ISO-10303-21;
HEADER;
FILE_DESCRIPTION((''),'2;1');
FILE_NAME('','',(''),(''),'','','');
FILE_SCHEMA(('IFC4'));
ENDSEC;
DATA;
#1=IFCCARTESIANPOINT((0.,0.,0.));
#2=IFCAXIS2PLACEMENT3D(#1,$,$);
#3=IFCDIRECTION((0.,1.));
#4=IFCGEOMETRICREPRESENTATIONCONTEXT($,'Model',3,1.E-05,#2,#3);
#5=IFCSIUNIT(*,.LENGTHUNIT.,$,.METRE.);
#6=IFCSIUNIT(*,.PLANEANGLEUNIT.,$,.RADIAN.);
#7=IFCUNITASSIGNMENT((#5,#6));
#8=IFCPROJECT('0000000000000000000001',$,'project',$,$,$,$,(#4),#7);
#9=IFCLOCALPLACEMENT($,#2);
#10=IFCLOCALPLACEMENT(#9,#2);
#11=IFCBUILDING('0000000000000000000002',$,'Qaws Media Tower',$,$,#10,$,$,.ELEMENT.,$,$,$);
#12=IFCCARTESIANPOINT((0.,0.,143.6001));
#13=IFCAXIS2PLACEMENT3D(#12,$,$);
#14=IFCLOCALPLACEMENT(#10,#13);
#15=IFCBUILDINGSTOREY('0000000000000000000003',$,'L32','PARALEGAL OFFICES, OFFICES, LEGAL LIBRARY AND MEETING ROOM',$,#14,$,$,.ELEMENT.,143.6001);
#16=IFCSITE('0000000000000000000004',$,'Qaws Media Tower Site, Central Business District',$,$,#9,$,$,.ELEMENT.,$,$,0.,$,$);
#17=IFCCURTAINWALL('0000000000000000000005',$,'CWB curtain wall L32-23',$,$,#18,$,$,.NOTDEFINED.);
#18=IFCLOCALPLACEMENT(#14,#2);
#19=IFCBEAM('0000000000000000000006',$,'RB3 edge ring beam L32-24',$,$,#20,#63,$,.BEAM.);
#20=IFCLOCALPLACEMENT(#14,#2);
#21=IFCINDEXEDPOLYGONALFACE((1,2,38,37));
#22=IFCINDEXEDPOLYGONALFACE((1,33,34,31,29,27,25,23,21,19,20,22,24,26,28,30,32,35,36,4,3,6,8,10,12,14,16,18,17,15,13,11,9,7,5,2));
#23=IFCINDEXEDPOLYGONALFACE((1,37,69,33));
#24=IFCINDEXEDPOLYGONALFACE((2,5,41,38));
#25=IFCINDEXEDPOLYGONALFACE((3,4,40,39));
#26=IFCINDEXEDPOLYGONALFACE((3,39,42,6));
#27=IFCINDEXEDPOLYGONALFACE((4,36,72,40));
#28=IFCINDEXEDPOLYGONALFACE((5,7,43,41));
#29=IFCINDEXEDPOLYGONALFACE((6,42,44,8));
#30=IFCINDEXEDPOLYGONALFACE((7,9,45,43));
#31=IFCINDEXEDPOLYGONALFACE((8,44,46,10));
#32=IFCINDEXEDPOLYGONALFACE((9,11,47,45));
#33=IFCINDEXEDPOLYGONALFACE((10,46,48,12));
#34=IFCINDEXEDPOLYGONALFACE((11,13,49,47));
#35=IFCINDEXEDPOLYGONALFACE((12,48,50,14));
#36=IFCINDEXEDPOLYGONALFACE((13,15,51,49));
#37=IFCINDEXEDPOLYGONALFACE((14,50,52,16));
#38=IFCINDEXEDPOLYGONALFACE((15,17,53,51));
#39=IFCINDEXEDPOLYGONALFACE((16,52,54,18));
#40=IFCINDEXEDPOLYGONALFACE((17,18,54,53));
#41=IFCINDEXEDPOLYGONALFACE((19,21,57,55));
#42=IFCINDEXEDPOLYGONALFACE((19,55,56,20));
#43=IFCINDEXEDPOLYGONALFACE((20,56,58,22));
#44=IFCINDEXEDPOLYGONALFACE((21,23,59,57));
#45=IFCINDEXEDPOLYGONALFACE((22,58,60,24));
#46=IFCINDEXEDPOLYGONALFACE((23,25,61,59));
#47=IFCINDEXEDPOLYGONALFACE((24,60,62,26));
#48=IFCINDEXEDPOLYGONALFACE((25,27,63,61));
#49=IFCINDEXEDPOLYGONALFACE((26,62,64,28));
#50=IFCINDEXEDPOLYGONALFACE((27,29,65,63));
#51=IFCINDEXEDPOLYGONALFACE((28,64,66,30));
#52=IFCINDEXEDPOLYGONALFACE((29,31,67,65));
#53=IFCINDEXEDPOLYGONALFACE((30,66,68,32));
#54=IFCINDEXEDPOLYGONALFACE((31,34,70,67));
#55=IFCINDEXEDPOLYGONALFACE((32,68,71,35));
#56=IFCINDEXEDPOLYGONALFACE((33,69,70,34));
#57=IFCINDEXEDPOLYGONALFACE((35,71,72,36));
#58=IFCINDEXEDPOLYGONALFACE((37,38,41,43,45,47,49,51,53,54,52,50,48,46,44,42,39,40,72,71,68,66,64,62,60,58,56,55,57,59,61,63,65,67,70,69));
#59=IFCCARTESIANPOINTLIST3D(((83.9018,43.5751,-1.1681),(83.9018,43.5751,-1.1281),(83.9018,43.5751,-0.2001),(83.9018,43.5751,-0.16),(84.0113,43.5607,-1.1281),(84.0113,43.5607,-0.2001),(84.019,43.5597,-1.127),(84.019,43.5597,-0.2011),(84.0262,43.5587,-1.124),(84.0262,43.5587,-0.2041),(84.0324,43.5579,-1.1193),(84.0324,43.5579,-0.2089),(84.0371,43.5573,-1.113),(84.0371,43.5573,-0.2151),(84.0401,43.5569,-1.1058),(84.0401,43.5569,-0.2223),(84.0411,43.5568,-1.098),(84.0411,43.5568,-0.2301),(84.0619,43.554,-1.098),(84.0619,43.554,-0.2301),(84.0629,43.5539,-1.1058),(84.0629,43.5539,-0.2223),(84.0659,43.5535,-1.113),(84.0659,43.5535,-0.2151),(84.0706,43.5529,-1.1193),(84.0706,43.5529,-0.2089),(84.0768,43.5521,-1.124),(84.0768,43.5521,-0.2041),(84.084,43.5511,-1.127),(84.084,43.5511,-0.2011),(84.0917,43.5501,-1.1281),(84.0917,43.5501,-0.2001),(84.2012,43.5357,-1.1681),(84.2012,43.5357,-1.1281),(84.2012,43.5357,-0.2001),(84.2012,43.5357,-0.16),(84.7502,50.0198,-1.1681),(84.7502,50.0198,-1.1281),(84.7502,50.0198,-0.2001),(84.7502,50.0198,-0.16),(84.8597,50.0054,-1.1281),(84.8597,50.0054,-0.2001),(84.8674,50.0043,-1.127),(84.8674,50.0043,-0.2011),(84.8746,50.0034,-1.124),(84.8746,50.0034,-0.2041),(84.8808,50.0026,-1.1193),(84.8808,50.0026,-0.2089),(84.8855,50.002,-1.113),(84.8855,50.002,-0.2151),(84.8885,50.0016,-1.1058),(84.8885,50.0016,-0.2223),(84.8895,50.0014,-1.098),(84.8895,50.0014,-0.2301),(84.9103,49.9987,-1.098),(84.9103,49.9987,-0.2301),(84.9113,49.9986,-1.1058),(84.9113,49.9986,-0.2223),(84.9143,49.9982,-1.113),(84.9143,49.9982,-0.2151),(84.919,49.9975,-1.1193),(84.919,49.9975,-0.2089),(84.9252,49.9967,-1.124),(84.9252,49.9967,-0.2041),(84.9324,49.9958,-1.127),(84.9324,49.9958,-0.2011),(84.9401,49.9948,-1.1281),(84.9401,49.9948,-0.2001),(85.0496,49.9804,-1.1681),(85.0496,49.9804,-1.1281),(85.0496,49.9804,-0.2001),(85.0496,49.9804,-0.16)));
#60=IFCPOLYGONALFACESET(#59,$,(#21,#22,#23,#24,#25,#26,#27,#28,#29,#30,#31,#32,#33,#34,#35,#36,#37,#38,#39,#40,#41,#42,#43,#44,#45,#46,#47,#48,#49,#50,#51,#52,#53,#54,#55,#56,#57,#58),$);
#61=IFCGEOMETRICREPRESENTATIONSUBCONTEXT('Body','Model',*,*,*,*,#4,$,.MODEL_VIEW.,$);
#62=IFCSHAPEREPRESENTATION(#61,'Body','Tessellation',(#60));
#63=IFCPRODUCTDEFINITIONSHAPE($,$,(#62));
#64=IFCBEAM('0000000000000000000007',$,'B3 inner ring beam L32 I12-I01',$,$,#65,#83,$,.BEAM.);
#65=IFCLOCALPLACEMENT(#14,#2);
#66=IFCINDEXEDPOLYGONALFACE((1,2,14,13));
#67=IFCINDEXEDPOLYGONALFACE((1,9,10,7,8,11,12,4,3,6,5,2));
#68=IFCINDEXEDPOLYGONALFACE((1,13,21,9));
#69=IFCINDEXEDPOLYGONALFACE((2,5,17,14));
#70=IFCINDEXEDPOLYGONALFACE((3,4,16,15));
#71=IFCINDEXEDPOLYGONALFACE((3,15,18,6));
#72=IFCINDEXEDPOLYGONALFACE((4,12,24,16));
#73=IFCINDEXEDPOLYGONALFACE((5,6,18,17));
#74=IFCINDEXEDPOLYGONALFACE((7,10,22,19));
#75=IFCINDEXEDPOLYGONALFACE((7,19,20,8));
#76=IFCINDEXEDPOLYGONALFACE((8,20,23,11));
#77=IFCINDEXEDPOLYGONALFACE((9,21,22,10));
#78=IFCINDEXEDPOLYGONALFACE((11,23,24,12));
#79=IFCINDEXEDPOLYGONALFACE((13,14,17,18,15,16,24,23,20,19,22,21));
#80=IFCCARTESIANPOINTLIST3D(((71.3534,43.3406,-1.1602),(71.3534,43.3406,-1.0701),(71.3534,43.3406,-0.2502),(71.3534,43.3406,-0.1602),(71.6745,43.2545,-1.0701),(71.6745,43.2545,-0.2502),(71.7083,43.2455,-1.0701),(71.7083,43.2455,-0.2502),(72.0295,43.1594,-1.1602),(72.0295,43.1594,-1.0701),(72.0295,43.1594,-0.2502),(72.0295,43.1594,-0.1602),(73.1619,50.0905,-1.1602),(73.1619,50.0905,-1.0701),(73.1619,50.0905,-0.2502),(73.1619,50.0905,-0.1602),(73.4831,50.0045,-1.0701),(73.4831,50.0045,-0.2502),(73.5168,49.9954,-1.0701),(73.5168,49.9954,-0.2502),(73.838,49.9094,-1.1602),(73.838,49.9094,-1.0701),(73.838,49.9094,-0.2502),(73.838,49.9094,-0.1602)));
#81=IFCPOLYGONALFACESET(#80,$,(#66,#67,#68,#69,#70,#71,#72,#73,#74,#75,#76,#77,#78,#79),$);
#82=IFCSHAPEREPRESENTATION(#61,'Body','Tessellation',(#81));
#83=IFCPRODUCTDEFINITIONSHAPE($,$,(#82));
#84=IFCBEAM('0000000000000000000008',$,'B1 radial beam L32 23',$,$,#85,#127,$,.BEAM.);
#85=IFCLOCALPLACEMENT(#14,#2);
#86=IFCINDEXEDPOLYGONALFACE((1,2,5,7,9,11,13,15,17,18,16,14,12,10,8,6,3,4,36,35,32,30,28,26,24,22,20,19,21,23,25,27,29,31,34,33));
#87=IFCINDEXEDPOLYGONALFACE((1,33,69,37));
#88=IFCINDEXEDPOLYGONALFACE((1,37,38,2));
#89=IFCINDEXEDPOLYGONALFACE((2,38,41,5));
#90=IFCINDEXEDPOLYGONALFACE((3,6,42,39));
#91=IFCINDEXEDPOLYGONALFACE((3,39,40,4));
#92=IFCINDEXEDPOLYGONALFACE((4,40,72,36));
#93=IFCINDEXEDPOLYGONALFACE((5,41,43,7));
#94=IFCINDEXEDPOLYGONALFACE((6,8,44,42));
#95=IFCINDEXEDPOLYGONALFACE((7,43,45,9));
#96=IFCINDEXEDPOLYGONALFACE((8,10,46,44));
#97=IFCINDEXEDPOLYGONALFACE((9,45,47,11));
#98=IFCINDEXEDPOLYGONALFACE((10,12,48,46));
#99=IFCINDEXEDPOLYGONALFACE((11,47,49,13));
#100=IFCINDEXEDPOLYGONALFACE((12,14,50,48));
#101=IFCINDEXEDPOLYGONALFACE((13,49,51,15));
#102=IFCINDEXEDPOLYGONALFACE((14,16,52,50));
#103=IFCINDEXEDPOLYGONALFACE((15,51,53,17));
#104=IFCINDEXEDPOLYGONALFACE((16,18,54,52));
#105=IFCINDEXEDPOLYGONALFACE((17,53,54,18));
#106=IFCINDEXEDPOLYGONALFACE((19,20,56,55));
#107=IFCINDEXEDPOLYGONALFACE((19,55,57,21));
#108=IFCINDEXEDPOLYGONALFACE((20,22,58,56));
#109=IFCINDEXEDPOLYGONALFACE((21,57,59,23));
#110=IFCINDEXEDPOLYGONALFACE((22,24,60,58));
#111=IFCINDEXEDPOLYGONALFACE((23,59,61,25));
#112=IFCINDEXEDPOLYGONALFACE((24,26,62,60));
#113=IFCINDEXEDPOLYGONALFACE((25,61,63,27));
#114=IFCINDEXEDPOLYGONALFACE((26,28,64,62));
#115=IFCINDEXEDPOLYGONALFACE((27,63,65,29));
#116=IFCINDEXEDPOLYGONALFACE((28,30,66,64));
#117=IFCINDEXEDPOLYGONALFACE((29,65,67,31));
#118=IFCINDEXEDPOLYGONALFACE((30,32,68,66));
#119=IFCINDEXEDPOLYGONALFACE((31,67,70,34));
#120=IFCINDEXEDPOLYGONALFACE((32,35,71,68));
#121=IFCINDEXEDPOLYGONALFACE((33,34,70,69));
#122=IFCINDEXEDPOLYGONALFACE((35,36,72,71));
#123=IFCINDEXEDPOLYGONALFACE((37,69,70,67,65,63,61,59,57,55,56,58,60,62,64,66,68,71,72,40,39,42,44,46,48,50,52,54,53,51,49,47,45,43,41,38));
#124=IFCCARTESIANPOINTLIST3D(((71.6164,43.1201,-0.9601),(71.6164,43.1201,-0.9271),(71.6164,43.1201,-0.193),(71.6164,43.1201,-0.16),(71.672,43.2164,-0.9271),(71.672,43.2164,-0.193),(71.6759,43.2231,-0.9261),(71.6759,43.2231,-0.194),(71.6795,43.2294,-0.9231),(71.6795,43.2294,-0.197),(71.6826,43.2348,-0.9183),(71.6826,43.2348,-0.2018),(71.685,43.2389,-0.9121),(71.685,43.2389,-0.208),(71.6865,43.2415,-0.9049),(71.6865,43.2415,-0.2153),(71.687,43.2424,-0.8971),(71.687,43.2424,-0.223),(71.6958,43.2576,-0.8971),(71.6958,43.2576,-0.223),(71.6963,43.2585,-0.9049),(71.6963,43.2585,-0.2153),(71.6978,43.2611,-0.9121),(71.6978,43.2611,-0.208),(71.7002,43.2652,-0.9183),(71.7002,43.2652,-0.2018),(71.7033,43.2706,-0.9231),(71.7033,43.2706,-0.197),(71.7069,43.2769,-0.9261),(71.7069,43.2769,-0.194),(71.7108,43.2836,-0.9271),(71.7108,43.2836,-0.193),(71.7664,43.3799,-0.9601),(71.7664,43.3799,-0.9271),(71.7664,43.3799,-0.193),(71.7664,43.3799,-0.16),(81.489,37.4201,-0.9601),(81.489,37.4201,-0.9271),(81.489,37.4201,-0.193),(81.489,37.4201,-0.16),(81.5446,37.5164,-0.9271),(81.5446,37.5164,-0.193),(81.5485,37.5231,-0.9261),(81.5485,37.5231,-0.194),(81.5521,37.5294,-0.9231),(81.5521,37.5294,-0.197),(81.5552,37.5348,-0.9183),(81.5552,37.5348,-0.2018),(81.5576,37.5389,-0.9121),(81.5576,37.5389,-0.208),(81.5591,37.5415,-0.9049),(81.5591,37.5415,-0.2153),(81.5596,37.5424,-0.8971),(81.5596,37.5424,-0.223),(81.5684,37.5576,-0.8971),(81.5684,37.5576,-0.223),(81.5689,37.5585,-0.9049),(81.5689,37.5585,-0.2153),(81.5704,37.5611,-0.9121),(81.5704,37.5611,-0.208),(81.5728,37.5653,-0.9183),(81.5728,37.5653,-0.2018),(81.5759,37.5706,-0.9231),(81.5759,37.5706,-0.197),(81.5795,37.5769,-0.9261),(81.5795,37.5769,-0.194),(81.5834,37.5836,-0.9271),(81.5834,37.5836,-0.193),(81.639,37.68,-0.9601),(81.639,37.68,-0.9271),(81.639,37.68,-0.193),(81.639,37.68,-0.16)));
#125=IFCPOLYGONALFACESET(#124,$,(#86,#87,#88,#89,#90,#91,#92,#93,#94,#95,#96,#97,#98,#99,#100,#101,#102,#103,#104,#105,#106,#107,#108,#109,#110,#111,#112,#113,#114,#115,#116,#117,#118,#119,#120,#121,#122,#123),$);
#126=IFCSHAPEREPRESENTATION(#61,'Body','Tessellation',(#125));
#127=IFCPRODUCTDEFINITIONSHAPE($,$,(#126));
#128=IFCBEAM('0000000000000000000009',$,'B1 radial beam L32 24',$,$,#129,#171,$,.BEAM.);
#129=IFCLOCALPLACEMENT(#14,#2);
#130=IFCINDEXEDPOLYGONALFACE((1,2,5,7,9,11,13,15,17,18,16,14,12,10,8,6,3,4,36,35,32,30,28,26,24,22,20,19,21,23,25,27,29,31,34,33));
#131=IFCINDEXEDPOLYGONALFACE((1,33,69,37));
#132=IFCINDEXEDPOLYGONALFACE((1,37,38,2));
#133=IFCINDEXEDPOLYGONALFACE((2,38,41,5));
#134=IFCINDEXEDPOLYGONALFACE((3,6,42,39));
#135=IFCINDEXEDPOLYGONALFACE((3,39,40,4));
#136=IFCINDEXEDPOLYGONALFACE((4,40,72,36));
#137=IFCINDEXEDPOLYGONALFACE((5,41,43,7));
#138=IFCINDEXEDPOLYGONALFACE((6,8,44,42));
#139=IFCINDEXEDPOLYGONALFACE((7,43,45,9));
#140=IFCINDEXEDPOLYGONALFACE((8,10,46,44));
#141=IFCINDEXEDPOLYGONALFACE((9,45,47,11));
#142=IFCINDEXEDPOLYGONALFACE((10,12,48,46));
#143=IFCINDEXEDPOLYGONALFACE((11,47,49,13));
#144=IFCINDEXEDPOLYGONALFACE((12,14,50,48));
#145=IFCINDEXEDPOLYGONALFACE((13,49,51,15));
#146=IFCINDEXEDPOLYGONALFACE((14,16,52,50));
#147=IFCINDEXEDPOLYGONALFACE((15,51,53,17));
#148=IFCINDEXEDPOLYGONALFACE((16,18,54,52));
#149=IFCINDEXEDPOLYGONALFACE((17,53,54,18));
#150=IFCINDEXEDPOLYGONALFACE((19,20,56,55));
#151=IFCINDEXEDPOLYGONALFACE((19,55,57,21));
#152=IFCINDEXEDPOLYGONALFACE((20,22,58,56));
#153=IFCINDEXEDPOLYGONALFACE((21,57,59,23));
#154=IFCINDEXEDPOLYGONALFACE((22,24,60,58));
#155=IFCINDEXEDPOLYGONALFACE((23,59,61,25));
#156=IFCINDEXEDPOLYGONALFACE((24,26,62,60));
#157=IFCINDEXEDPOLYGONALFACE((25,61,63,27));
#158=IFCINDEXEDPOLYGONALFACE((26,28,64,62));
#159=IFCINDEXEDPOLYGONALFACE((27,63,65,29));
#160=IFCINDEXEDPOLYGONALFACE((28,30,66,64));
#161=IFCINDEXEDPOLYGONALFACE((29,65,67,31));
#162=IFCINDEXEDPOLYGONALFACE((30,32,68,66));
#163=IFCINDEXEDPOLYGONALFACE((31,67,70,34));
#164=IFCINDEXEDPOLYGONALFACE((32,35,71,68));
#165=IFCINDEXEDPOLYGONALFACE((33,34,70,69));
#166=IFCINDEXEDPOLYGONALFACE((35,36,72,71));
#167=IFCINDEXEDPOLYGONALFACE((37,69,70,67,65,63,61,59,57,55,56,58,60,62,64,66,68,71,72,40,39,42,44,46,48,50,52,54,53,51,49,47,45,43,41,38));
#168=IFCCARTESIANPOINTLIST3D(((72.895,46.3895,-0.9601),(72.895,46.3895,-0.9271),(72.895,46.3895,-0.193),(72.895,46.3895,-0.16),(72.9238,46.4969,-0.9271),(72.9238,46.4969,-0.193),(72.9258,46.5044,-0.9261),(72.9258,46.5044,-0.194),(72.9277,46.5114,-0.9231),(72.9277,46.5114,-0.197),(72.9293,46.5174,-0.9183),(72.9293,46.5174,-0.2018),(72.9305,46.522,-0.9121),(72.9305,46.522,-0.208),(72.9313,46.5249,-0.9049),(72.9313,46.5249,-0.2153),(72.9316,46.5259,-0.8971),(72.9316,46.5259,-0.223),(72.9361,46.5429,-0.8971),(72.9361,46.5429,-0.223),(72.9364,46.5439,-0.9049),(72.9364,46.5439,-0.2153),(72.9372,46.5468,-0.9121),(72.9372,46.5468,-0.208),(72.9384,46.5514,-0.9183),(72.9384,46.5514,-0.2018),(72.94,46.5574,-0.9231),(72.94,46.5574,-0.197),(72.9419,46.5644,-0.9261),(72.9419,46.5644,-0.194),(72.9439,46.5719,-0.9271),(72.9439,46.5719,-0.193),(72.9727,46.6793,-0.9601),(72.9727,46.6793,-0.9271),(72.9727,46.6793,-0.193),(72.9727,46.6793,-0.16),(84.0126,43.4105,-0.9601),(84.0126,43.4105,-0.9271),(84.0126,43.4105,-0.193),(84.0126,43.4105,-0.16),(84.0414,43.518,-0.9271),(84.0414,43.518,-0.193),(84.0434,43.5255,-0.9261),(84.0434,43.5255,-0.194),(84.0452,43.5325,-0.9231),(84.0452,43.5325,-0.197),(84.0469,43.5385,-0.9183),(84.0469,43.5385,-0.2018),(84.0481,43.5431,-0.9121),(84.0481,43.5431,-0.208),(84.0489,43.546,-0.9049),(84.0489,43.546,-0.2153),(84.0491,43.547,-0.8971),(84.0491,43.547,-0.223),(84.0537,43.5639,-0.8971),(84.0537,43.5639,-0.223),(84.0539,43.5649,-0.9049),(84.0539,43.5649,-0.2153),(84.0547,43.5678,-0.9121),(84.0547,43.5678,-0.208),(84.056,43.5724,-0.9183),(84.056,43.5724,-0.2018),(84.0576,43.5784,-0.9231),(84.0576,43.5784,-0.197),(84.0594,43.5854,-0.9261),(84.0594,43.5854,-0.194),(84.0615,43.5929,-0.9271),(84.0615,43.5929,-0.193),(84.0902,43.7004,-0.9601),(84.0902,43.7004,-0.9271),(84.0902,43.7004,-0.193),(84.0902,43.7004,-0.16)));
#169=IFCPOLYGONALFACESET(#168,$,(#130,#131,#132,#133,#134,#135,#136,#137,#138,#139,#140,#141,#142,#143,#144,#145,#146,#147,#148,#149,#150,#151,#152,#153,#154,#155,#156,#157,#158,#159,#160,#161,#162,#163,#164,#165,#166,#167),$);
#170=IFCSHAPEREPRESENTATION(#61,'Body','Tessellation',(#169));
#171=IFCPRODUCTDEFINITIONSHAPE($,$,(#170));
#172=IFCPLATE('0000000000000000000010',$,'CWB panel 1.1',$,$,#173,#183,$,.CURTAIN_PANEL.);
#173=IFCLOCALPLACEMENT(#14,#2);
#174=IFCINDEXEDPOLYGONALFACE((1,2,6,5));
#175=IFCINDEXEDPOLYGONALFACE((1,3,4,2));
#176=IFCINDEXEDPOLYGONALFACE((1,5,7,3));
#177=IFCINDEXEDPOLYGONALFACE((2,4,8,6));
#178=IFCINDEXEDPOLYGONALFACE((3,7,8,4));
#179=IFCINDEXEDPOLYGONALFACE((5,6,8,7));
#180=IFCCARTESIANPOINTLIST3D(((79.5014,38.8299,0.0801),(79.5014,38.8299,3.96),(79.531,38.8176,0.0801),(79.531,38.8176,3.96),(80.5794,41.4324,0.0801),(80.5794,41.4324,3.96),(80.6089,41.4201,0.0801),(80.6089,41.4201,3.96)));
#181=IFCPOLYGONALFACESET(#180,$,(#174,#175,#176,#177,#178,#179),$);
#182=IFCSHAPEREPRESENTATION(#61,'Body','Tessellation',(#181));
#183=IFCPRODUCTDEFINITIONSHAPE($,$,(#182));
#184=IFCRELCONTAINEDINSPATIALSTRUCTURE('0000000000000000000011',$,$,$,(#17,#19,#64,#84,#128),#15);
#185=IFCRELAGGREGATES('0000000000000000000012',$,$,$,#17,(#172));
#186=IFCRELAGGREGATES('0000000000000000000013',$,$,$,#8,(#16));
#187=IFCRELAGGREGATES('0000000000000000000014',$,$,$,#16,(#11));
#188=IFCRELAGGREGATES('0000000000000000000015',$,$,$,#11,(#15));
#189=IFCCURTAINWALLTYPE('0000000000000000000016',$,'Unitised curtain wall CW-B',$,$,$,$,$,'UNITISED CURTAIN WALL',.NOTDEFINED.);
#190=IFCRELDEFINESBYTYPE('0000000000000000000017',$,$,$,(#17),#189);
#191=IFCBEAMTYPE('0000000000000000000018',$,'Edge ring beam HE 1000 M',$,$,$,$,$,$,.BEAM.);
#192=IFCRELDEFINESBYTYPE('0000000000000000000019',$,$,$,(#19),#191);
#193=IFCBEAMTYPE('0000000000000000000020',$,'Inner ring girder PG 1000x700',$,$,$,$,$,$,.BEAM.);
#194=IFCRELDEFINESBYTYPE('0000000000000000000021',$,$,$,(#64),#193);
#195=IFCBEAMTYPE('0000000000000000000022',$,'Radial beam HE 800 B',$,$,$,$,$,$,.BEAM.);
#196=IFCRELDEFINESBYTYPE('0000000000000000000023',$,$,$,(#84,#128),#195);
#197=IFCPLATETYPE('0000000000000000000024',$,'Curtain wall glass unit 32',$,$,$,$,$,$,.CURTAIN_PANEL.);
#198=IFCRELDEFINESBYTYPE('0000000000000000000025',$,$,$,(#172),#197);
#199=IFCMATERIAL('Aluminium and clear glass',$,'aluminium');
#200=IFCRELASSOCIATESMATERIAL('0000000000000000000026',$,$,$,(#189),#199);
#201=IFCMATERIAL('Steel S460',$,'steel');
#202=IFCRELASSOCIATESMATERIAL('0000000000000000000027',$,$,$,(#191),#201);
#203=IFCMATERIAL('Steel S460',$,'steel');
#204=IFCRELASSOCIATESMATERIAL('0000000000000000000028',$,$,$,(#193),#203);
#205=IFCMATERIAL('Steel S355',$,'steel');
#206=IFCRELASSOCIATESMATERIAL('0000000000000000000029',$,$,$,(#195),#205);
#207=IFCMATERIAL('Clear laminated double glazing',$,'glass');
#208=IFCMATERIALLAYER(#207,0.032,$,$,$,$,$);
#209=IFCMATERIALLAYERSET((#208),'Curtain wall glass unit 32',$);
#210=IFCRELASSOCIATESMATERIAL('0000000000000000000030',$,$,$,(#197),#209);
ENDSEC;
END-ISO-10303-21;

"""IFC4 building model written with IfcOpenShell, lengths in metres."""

from ifc_helpers import new_model, si_unit, direction, frame, origin, origin_2d, place, context, subcontext, project, spatial, rectangle, i_section, extrude, material, layer, layer_set, material_profile, profile_set, type_object, element, aggregate, save


model = new_model("IFC4")

# Units and contexts
model_context = context("Model", 3, precision=1e-05, world=origin(), true_north=direction((0.0, 1.0)))
body_context = subcontext(model_context, "Body", "Model", "MODEL_VIEW")
ifc_project = project(units=[si_unit("LENGTHUNIT", "METRE"), si_unit("PLANEANGLEUNIT", "RADIAN")], contexts=[model_context])

# Site, building, storey
site_placement = place(None, origin())
site = spatial("IfcSite", under=ifc_project, at=site_placement, Name="Qaws Media Tower Site, Central Business District", CompositionType="ELEMENT", RefElevation=0.0)
building_placement = place(site_placement, origin())
building = spatial("IfcBuilding", under=site, at=building_placement, Name="Qaws Media Tower", CompositionType="ELEMENT")
storey_placement = place(building_placement, frame((0.0, 0.0, 143.6001)))
storey = spatial("IfcBuildingStorey", under=building, at=storey_placement, Name="L32", Description="PARALEGAL OFFICES, OFFICES, LEGAL LIBRARY AND MEETING ROOM", CompositionType="ELEMENT", Elevation=143.6001)

# Curtain wall
ifc_material_1 = material(Name="Aluminium and clear glass", Category="aluminium")
curtain_wall_type = type_object("IfcCurtainWallType", Name="Unitised curtain wall CW-B", ElementType="UNITISED CURTAIN WALL", PredefinedType="NOTDEFINED", material=ifc_material_1)
curtain_wall_1_placement = place(storey_placement, origin())
curtain_wall_1 = element("IfcCurtainWall", 1, at=curtain_wall_1_placement, inside=storey, type_object=curtain_wall_type, Name="CWB curtain wall L32-23", PredefinedType="NOTDEFINED")

# Beams
ifc_material_2 = material(Name="Steel S460", Category="steel")
ifc_material_profile_1 = material_profile(ifc_material_2, i_section(OverallWidth=0.302, OverallDepth=1.0081, WebThickness=0.021, FlangeThickness=0.04, FilletRadius=0.03, at=origin_2d()), Name="HE 1000 M")
ifc_profile_set_1 = profile_set([ifc_material_profile_1], Name="Steel S460")
beam_type_1 = type_object("IfcBeamType", Name="Edge ring beam HE 1000 M", PredefinedType="BEAM", material=ifc_profile_set_1)
beam_1_placement = place(storey_placement, frame((84.0515, 43.5554, -0.6641), z_axis=(0.130518, 0.991446, 0.0), x_axis=(-0.991446, 0.130518, 0.0)))
element("IfcBeam", 2, at=beam_1_placement, inside=storey, type_object=beam_type_1, Name="RB3 edge ring beam L32-24", PredefinedType="BEAM", context=body_context, shape_type="SweptSolid", body=[
    extrude(i_section(OverallWidth=0.302, OverallDepth=1.0081, WebThickness=0.021, FlangeThickness=0.04, FilletRadius=0.03, at=origin_2d()), origin(), (0.0, 0.0, 1.0), 6.5002),
])
ifc_material_3 = material(Name="Steel S460", Category="steel")
ifc_material_profile_2 = material_profile(ifc_material_3, i_section(OverallWidth=0.7, OverallDepth=1.0, WebThickness=0.0349, FlangeThickness=0.0901, at=origin_2d()), Name="PG 1000x700")
ifc_profile_set_2 = profile_set([ifc_material_profile_2], Name="Steel S460")
beam_type_2 = type_object("IfcBeamType", Name="Inner ring girder PG 1000x700", PredefinedType="BEAM", material=ifc_profile_set_2)
beam_2_placement = place(storey_placement, frame((71.6914, 43.25, -0.6602), z_axis=(0.258811, 0.965928, 0.0), x_axis=(-0.965928, 0.258811, 0.0)))
element("IfcBeam", 3, at=beam_2_placement, inside=storey, type_object=beam_type_2, Name="B3 inner ring beam L32 I12-I01", PredefinedType="BEAM", context=body_context, shape_type="SweptSolid", body=[
    extrude(i_section(OverallWidth=0.7, OverallDepth=1.0, WebThickness=0.0349, FlangeThickness=0.0901, at=origin_2d()), origin(), (0.0, 0.0, 1.0), 6.988),
])
ifc_material_4 = material(Name="Steel S355", Category="steel")
ifc_material_profile_3 = material_profile(ifc_material_4, i_section(OverallWidth=0.3, OverallDepth=0.8, WebThickness=0.0176, FlangeThickness=0.033, FilletRadius=0.03, at=origin_2d()), Name="HE 800 B")
ifc_profile_set_3 = profile_set([ifc_material_profile_3], Name="Steel S355")
beam_type_3 = type_object("IfcBeamType", Name="Radial beam HE 800 B", PredefinedType="BEAM", material=ifc_profile_set_3)
beam_3_placement = place(storey_placement, frame((71.6914, 43.25, -0.5601), z_axis=(0.866024, -0.500002, 0.0), x_axis=(0.500002, 0.866024, 0.0)))
element("IfcBeam", 4, at=beam_3_placement, inside=storey, type_object=beam_type_3, Name="B1 radial beam L32 23", PredefinedType="BEAM", context=body_context, shape_type="SweptSolid", body=[
    extrude(i_section(OverallWidth=0.3, OverallDepth=0.8, WebThickness=0.0176, FlangeThickness=0.033, FilletRadius=0.03, at=origin_2d()), origin(), (0.0, 0.0, 1.0), 11.3999),
])
beam_4_placement = place(storey_placement, frame((72.9338, 46.5344, -0.5601), z_axis=(0.965925, -0.258822, 0.0), x_axis=(0.258822, 0.965925, 0.0)))
element("IfcBeam", 5, at=beam_4_placement, inside=storey, type_object=beam_type_3, Name="B1 radial beam L32 24", PredefinedType="BEAM", context=body_context, shape_type="SweptSolid", body=[
    extrude(i_section(OverallWidth=0.3, OverallDepth=0.8, WebThickness=0.0176, FlangeThickness=0.033, FilletRadius=0.03, at=origin_2d()), origin(), (0.0, 0.0, 1.0), 11.5098),
])

# Plate
ifc_material_5 = material(Name="Clear laminated double glazing", Category="glass")
ifc_layer_1 = layer(ifc_material_5, 0.032)
ifc_layer_set_1 = layer_set([ifc_layer_1], Name="Curtain wall glass unit 32")
plate_type_1 = type_object("IfcPlateType", Name="Curtain wall glass unit 32", PredefinedType="CURTAIN_PANEL", material=ifc_layer_set_1)
plate_1_placement = place(storey_placement, frame((80.0552, 40.125, 0.0801), z_axis=(0.0, 0.0, 1.0), x_axis=(0.382683, 0.92388, 0.0)))
plate_1 = element("IfcPlate", 6, at=plate_1_placement, type_object=plate_type_1, Name="CWB panel 1.1", PredefinedType="CURTAIN_PANEL", context=body_context, shape_type="SweptSolid", body=[
    extrude(rectangle(XDim=2.8169, YDim=0.032, at=origin_2d()), origin(), (0.0, 0.0, 1.0), 3.8799),
])
aggregate(curtain_wall_1, [plate_1])

save(model, "model.ifc")
